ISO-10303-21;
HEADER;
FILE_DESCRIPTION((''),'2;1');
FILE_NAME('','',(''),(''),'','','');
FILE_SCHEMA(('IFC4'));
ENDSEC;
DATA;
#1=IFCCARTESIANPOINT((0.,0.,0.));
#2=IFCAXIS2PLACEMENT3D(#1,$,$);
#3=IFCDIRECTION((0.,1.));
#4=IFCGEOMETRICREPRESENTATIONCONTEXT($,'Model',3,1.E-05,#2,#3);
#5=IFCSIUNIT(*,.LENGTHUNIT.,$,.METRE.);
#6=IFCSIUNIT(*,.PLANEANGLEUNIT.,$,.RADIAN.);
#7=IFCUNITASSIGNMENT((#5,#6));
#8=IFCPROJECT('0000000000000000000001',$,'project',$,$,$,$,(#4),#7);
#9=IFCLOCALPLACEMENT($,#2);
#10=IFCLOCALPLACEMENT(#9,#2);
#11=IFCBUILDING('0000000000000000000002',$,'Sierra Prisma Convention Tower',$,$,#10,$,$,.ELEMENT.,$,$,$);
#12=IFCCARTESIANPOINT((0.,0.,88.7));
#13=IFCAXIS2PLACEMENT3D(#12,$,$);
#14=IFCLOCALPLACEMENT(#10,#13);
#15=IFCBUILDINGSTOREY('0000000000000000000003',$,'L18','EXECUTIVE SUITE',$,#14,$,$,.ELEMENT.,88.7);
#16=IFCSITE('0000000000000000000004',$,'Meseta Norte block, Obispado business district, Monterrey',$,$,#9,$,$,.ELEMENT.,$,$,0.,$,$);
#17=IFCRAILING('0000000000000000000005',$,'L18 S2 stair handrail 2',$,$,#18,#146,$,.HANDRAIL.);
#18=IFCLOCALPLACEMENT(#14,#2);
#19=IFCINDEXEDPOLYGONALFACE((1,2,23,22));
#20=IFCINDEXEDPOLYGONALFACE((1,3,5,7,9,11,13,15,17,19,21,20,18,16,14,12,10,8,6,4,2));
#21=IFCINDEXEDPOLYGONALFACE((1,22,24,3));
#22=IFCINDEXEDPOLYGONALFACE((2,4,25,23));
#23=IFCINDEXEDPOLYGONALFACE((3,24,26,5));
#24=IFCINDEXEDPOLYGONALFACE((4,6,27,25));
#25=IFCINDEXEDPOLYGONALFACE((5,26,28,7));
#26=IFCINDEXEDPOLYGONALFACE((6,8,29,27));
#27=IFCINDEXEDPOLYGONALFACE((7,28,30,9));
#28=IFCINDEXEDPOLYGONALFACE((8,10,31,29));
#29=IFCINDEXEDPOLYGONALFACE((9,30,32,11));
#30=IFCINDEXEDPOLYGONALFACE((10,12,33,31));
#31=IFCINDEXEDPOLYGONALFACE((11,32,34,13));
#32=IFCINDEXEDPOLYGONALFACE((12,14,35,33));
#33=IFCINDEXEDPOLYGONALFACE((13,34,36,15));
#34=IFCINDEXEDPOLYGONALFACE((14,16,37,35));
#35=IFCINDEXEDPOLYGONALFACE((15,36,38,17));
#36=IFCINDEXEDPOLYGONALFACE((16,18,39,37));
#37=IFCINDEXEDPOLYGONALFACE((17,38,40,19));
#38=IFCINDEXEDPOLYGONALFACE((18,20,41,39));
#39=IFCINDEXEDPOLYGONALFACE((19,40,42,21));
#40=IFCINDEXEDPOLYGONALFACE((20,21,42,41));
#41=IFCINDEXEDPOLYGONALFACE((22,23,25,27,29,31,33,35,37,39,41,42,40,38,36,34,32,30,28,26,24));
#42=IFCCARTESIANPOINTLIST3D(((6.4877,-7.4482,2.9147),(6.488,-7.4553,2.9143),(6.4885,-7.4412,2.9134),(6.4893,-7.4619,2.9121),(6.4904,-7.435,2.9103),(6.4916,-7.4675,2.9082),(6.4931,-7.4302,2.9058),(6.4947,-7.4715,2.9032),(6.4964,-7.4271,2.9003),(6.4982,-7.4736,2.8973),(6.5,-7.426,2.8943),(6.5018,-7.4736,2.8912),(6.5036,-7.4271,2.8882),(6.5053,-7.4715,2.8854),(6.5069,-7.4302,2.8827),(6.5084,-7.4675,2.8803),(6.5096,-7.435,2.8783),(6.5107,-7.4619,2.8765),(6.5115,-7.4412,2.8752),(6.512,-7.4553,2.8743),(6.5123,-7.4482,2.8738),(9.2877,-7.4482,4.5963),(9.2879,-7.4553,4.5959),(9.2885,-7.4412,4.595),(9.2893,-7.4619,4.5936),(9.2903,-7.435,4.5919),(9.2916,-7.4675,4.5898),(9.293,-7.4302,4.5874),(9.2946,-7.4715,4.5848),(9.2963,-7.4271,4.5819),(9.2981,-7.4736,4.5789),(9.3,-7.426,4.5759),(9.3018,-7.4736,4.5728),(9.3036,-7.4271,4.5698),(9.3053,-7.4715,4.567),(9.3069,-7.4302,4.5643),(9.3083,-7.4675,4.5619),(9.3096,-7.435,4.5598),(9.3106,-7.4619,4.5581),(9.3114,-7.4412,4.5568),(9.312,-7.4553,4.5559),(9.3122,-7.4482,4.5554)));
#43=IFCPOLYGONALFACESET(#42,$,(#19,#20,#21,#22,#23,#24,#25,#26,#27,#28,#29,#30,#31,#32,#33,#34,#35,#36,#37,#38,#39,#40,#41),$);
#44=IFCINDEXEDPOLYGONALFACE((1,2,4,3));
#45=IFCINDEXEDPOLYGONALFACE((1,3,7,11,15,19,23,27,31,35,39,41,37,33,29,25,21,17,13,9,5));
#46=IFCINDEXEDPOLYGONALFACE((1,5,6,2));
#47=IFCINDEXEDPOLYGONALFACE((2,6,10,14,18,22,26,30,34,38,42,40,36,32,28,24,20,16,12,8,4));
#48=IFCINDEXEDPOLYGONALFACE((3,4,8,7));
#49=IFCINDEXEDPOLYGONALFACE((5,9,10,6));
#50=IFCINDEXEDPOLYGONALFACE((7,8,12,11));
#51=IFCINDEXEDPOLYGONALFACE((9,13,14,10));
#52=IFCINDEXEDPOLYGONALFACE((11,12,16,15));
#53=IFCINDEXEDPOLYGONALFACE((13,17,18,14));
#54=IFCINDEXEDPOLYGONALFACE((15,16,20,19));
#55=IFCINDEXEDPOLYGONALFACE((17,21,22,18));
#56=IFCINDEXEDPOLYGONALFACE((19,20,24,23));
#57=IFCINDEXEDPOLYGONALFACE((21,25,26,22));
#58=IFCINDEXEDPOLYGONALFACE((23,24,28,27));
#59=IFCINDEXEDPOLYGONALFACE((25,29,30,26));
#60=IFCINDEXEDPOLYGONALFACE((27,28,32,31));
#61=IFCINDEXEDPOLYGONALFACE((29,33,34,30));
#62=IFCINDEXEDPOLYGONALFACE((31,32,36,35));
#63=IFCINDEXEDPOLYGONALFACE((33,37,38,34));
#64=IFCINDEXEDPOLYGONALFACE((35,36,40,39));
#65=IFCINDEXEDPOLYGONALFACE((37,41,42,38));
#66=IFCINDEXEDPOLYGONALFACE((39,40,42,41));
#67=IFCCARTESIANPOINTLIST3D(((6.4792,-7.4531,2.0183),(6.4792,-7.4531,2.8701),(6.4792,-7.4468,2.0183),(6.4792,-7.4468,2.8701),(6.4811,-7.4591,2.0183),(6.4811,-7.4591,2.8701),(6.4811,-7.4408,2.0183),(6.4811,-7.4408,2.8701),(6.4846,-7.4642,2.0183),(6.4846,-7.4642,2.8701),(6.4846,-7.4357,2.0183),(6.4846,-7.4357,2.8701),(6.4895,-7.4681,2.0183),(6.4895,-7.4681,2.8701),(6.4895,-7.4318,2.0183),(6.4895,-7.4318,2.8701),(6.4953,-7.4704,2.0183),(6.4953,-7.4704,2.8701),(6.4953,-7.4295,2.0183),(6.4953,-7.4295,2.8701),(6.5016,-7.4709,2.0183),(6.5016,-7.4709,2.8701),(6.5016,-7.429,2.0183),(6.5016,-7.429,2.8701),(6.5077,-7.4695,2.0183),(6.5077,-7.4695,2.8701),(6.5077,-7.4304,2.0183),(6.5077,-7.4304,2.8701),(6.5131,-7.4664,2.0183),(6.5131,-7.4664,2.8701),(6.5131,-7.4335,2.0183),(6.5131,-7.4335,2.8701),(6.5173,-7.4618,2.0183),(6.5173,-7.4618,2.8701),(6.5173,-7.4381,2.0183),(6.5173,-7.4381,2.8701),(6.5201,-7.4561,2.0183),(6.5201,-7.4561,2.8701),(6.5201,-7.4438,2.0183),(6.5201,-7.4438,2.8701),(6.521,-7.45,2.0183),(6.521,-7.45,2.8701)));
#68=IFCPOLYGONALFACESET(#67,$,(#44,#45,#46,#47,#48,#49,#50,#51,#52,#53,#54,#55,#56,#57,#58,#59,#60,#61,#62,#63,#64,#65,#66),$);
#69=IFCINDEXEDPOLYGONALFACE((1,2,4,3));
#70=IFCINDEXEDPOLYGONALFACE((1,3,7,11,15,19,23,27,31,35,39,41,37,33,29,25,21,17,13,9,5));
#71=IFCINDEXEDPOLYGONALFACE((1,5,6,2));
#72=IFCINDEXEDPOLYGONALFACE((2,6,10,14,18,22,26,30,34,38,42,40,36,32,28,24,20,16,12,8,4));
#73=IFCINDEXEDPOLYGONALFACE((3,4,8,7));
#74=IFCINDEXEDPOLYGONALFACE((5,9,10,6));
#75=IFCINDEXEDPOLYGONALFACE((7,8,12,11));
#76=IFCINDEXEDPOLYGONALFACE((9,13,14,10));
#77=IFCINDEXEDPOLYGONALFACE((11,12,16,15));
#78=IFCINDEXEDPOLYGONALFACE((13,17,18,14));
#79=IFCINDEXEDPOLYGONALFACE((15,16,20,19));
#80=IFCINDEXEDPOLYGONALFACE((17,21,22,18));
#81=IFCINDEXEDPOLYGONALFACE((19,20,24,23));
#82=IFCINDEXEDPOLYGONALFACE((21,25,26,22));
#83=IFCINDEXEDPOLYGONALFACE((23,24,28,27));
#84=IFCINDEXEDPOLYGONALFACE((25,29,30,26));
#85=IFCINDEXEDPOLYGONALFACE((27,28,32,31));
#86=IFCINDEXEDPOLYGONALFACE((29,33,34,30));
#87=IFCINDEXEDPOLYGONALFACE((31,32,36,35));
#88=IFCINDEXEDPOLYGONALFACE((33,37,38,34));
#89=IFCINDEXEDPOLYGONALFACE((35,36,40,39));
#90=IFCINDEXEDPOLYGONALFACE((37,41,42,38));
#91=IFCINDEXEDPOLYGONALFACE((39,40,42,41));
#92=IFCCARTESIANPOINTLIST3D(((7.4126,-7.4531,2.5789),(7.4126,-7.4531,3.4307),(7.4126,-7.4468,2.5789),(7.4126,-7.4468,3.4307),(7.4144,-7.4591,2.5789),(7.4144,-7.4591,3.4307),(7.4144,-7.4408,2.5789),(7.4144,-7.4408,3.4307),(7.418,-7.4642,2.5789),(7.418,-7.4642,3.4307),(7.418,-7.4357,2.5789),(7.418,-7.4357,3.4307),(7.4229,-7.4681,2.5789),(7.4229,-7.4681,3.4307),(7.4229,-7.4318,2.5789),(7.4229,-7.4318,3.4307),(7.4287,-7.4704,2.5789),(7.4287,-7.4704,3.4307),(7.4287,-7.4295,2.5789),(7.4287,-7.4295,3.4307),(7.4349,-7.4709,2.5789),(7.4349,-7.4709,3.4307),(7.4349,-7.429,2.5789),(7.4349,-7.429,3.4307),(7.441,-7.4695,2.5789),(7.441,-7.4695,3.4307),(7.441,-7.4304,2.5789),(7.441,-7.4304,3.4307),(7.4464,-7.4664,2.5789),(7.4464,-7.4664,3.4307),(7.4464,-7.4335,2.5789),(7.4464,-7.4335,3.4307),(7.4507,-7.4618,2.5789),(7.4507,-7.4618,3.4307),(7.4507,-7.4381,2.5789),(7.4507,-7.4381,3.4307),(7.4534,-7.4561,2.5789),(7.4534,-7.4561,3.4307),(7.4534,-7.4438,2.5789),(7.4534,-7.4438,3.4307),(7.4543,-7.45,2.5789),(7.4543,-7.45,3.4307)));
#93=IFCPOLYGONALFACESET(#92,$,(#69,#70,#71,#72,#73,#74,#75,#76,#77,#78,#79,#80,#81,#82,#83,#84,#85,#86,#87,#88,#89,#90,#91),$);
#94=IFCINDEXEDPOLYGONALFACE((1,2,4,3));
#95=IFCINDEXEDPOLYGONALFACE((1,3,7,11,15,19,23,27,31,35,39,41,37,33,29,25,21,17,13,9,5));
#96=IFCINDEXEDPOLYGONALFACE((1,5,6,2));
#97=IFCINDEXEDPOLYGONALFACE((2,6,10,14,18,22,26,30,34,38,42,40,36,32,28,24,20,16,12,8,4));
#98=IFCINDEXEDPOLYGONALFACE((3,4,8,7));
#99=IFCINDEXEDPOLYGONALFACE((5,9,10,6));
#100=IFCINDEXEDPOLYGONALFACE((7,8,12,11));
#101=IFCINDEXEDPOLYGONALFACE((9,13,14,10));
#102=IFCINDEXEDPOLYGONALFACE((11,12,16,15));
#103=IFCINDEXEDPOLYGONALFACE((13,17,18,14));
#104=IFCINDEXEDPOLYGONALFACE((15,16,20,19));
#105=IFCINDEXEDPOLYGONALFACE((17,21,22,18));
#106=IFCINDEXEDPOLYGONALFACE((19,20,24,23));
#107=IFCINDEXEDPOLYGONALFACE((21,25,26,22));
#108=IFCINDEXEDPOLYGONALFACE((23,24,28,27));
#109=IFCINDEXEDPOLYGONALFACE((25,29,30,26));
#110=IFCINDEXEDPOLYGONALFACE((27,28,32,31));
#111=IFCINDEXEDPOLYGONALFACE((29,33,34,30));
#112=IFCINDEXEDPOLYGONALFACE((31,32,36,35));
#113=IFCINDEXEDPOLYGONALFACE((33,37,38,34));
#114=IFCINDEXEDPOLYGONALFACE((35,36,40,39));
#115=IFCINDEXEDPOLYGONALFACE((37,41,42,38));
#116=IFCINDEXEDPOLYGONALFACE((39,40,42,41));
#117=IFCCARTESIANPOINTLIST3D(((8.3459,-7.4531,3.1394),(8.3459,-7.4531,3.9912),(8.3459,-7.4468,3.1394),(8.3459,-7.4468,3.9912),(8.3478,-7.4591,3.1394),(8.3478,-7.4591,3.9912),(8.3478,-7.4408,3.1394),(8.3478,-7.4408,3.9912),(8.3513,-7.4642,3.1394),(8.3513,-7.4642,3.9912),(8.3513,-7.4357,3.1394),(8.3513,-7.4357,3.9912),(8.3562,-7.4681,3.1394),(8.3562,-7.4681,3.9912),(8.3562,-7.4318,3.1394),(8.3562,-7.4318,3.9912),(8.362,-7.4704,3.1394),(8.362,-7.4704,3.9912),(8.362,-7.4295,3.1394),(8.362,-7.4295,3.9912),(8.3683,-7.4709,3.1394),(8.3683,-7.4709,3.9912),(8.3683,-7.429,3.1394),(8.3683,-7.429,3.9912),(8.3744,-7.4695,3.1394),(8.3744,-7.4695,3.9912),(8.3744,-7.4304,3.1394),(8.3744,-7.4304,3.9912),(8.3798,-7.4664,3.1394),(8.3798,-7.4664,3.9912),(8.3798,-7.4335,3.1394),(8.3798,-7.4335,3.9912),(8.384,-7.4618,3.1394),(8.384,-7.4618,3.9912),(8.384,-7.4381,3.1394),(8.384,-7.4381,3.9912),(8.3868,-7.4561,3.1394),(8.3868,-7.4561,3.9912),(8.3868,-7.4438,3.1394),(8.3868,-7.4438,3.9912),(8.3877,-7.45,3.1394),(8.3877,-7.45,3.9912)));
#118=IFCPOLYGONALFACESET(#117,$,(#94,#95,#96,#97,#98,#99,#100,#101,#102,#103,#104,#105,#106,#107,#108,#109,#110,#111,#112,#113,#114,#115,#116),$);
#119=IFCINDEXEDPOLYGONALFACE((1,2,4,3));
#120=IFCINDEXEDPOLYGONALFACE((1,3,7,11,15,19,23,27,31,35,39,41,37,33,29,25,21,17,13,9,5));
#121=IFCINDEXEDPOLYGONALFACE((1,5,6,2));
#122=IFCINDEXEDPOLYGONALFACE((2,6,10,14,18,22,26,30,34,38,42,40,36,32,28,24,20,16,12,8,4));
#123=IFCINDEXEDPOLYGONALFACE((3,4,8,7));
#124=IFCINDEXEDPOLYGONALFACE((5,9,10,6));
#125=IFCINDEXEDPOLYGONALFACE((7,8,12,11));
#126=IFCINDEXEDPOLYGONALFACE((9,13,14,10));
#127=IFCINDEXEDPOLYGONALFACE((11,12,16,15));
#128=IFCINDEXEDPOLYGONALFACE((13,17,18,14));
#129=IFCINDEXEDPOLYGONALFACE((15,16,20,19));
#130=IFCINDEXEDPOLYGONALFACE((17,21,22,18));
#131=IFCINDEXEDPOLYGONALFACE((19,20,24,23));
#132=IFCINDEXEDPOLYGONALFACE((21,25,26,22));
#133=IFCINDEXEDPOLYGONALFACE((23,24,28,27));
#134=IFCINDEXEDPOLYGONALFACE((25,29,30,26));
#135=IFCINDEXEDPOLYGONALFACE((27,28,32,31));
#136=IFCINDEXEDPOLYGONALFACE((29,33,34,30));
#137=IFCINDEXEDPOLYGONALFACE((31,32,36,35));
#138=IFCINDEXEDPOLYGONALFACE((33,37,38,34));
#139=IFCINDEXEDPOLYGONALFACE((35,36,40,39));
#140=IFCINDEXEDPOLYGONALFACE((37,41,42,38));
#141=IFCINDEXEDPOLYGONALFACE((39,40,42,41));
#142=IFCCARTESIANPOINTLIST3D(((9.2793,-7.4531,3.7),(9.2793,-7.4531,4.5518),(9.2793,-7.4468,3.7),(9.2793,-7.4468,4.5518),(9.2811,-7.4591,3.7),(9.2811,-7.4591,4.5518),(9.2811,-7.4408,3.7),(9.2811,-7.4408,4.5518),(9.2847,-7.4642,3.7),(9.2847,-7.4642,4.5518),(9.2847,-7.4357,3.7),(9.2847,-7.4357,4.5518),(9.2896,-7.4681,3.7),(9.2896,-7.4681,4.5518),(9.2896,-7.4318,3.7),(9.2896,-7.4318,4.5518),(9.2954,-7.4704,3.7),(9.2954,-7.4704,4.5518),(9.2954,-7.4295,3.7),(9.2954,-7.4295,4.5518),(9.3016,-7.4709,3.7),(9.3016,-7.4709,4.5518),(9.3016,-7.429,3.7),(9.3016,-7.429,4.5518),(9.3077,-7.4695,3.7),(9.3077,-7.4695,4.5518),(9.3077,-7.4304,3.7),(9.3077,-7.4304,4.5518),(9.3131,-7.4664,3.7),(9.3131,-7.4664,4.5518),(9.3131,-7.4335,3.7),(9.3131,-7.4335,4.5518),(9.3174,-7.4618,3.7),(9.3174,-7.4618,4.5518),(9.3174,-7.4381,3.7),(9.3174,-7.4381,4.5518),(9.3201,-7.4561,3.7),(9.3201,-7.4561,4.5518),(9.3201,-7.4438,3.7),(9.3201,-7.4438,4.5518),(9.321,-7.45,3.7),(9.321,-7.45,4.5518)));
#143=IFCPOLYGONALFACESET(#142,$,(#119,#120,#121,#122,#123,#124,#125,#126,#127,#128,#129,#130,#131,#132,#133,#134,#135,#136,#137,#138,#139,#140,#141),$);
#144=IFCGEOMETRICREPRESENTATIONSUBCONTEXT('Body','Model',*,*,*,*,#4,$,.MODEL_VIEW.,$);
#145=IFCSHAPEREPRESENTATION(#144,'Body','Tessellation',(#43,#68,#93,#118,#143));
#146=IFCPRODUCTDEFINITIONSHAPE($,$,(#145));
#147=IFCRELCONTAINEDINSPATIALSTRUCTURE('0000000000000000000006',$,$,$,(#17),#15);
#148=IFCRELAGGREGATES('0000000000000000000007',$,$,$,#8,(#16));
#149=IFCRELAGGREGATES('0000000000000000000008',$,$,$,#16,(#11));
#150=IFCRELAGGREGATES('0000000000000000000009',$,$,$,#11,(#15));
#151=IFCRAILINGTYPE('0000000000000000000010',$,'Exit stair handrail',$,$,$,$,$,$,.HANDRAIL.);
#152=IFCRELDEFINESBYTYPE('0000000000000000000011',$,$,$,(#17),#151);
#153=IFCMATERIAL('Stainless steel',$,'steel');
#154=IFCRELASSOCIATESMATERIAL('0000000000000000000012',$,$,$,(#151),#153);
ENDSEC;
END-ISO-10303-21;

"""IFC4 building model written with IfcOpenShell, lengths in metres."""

from ifc_helpers import new_model, si_unit, direction, frame, origin, origin_2d, place, context, subcontext, project, spatial, circle, extrude, material, type_object, element, save


model = new_model("IFC4")

# Units and contexts
model_context = context("Model", 3, precision=1e-05, world=origin(), true_north=direction((0.0, 1.0)))
body_context = subcontext(model_context, "Body", "Model", "MODEL_VIEW")
ifc_project = project(units=[si_unit("LENGTHUNIT", "METRE"), si_unit("PLANEANGLEUNIT", "RADIAN")], contexts=[model_context])

# Site, building, storey
site_placement = place(None, origin())
site = spatial("IfcSite", under=ifc_project, at=site_placement, Name="Meseta Norte block, Obispado business district, Monterrey", CompositionType="ELEMENT", RefElevation=0.0)
building_placement = place(site_placement, origin())
building = spatial("IfcBuilding", under=site, at=building_placement, Name="Sierra Prisma Convention Tower", CompositionType="ELEMENT")
storey_placement = place(building_placement, frame((0.0, 0.0, 88.7)))
storey = spatial("IfcBuildingStorey", under=building, at=storey_placement, Name="L18", Description="EXECUTIVE SUITE", CompositionType="ELEMENT", Elevation=88.7)

# Railing
ifc_material_1 = material(Name="Stainless steel", Category="steel")
railing_type_1 = type_object("IfcRailingType", Name="Exit stair handrail", PredefinedType="HANDRAIL", material=ifc_material_1)
railing_1_placement = place(storey_placement, frame((6.5, -7.45, 2.0183)))
element("IfcRailing", 1, at=railing_1_placement, inside=storey, type_object=railing_type_1, Name="L18 S2 stair handrail 2", PredefinedType="HANDRAIL", context=body_context, shape_type="SweptSolid", body=[
    extrude(circle(Radius=0.0239, at=origin_2d()), frame((0.0, 0.0, 0.876), z_axis=(0.857275, 0.0, 0.514858), x_axis=(0.0, 1.0, 0.0)), (0.0, 0.0, 1.0), 3.2661),
    extrude(circle(Radius=0.021, at=origin_2d()), origin(), (0.0, 0.0, 1.0), 0.8518),
    extrude(circle(Radius=0.021, at=origin_2d()), frame((0.9333, 0.0, 0.5605)), (0.0, 0.0, 1.0), 0.8518),
    extrude(circle(Radius=0.021, at=origin_2d()), frame((1.8667, 0.0, 1.1211)), (0.0, 0.0, 1.0), 0.8518),
    extrude(circle(Radius=0.021, at=origin_2d()), frame((2.8, 0.0, 1.6816)), (0.0, 0.0, 1.0), 0.8518),
])

save(model, "model.ifc")
